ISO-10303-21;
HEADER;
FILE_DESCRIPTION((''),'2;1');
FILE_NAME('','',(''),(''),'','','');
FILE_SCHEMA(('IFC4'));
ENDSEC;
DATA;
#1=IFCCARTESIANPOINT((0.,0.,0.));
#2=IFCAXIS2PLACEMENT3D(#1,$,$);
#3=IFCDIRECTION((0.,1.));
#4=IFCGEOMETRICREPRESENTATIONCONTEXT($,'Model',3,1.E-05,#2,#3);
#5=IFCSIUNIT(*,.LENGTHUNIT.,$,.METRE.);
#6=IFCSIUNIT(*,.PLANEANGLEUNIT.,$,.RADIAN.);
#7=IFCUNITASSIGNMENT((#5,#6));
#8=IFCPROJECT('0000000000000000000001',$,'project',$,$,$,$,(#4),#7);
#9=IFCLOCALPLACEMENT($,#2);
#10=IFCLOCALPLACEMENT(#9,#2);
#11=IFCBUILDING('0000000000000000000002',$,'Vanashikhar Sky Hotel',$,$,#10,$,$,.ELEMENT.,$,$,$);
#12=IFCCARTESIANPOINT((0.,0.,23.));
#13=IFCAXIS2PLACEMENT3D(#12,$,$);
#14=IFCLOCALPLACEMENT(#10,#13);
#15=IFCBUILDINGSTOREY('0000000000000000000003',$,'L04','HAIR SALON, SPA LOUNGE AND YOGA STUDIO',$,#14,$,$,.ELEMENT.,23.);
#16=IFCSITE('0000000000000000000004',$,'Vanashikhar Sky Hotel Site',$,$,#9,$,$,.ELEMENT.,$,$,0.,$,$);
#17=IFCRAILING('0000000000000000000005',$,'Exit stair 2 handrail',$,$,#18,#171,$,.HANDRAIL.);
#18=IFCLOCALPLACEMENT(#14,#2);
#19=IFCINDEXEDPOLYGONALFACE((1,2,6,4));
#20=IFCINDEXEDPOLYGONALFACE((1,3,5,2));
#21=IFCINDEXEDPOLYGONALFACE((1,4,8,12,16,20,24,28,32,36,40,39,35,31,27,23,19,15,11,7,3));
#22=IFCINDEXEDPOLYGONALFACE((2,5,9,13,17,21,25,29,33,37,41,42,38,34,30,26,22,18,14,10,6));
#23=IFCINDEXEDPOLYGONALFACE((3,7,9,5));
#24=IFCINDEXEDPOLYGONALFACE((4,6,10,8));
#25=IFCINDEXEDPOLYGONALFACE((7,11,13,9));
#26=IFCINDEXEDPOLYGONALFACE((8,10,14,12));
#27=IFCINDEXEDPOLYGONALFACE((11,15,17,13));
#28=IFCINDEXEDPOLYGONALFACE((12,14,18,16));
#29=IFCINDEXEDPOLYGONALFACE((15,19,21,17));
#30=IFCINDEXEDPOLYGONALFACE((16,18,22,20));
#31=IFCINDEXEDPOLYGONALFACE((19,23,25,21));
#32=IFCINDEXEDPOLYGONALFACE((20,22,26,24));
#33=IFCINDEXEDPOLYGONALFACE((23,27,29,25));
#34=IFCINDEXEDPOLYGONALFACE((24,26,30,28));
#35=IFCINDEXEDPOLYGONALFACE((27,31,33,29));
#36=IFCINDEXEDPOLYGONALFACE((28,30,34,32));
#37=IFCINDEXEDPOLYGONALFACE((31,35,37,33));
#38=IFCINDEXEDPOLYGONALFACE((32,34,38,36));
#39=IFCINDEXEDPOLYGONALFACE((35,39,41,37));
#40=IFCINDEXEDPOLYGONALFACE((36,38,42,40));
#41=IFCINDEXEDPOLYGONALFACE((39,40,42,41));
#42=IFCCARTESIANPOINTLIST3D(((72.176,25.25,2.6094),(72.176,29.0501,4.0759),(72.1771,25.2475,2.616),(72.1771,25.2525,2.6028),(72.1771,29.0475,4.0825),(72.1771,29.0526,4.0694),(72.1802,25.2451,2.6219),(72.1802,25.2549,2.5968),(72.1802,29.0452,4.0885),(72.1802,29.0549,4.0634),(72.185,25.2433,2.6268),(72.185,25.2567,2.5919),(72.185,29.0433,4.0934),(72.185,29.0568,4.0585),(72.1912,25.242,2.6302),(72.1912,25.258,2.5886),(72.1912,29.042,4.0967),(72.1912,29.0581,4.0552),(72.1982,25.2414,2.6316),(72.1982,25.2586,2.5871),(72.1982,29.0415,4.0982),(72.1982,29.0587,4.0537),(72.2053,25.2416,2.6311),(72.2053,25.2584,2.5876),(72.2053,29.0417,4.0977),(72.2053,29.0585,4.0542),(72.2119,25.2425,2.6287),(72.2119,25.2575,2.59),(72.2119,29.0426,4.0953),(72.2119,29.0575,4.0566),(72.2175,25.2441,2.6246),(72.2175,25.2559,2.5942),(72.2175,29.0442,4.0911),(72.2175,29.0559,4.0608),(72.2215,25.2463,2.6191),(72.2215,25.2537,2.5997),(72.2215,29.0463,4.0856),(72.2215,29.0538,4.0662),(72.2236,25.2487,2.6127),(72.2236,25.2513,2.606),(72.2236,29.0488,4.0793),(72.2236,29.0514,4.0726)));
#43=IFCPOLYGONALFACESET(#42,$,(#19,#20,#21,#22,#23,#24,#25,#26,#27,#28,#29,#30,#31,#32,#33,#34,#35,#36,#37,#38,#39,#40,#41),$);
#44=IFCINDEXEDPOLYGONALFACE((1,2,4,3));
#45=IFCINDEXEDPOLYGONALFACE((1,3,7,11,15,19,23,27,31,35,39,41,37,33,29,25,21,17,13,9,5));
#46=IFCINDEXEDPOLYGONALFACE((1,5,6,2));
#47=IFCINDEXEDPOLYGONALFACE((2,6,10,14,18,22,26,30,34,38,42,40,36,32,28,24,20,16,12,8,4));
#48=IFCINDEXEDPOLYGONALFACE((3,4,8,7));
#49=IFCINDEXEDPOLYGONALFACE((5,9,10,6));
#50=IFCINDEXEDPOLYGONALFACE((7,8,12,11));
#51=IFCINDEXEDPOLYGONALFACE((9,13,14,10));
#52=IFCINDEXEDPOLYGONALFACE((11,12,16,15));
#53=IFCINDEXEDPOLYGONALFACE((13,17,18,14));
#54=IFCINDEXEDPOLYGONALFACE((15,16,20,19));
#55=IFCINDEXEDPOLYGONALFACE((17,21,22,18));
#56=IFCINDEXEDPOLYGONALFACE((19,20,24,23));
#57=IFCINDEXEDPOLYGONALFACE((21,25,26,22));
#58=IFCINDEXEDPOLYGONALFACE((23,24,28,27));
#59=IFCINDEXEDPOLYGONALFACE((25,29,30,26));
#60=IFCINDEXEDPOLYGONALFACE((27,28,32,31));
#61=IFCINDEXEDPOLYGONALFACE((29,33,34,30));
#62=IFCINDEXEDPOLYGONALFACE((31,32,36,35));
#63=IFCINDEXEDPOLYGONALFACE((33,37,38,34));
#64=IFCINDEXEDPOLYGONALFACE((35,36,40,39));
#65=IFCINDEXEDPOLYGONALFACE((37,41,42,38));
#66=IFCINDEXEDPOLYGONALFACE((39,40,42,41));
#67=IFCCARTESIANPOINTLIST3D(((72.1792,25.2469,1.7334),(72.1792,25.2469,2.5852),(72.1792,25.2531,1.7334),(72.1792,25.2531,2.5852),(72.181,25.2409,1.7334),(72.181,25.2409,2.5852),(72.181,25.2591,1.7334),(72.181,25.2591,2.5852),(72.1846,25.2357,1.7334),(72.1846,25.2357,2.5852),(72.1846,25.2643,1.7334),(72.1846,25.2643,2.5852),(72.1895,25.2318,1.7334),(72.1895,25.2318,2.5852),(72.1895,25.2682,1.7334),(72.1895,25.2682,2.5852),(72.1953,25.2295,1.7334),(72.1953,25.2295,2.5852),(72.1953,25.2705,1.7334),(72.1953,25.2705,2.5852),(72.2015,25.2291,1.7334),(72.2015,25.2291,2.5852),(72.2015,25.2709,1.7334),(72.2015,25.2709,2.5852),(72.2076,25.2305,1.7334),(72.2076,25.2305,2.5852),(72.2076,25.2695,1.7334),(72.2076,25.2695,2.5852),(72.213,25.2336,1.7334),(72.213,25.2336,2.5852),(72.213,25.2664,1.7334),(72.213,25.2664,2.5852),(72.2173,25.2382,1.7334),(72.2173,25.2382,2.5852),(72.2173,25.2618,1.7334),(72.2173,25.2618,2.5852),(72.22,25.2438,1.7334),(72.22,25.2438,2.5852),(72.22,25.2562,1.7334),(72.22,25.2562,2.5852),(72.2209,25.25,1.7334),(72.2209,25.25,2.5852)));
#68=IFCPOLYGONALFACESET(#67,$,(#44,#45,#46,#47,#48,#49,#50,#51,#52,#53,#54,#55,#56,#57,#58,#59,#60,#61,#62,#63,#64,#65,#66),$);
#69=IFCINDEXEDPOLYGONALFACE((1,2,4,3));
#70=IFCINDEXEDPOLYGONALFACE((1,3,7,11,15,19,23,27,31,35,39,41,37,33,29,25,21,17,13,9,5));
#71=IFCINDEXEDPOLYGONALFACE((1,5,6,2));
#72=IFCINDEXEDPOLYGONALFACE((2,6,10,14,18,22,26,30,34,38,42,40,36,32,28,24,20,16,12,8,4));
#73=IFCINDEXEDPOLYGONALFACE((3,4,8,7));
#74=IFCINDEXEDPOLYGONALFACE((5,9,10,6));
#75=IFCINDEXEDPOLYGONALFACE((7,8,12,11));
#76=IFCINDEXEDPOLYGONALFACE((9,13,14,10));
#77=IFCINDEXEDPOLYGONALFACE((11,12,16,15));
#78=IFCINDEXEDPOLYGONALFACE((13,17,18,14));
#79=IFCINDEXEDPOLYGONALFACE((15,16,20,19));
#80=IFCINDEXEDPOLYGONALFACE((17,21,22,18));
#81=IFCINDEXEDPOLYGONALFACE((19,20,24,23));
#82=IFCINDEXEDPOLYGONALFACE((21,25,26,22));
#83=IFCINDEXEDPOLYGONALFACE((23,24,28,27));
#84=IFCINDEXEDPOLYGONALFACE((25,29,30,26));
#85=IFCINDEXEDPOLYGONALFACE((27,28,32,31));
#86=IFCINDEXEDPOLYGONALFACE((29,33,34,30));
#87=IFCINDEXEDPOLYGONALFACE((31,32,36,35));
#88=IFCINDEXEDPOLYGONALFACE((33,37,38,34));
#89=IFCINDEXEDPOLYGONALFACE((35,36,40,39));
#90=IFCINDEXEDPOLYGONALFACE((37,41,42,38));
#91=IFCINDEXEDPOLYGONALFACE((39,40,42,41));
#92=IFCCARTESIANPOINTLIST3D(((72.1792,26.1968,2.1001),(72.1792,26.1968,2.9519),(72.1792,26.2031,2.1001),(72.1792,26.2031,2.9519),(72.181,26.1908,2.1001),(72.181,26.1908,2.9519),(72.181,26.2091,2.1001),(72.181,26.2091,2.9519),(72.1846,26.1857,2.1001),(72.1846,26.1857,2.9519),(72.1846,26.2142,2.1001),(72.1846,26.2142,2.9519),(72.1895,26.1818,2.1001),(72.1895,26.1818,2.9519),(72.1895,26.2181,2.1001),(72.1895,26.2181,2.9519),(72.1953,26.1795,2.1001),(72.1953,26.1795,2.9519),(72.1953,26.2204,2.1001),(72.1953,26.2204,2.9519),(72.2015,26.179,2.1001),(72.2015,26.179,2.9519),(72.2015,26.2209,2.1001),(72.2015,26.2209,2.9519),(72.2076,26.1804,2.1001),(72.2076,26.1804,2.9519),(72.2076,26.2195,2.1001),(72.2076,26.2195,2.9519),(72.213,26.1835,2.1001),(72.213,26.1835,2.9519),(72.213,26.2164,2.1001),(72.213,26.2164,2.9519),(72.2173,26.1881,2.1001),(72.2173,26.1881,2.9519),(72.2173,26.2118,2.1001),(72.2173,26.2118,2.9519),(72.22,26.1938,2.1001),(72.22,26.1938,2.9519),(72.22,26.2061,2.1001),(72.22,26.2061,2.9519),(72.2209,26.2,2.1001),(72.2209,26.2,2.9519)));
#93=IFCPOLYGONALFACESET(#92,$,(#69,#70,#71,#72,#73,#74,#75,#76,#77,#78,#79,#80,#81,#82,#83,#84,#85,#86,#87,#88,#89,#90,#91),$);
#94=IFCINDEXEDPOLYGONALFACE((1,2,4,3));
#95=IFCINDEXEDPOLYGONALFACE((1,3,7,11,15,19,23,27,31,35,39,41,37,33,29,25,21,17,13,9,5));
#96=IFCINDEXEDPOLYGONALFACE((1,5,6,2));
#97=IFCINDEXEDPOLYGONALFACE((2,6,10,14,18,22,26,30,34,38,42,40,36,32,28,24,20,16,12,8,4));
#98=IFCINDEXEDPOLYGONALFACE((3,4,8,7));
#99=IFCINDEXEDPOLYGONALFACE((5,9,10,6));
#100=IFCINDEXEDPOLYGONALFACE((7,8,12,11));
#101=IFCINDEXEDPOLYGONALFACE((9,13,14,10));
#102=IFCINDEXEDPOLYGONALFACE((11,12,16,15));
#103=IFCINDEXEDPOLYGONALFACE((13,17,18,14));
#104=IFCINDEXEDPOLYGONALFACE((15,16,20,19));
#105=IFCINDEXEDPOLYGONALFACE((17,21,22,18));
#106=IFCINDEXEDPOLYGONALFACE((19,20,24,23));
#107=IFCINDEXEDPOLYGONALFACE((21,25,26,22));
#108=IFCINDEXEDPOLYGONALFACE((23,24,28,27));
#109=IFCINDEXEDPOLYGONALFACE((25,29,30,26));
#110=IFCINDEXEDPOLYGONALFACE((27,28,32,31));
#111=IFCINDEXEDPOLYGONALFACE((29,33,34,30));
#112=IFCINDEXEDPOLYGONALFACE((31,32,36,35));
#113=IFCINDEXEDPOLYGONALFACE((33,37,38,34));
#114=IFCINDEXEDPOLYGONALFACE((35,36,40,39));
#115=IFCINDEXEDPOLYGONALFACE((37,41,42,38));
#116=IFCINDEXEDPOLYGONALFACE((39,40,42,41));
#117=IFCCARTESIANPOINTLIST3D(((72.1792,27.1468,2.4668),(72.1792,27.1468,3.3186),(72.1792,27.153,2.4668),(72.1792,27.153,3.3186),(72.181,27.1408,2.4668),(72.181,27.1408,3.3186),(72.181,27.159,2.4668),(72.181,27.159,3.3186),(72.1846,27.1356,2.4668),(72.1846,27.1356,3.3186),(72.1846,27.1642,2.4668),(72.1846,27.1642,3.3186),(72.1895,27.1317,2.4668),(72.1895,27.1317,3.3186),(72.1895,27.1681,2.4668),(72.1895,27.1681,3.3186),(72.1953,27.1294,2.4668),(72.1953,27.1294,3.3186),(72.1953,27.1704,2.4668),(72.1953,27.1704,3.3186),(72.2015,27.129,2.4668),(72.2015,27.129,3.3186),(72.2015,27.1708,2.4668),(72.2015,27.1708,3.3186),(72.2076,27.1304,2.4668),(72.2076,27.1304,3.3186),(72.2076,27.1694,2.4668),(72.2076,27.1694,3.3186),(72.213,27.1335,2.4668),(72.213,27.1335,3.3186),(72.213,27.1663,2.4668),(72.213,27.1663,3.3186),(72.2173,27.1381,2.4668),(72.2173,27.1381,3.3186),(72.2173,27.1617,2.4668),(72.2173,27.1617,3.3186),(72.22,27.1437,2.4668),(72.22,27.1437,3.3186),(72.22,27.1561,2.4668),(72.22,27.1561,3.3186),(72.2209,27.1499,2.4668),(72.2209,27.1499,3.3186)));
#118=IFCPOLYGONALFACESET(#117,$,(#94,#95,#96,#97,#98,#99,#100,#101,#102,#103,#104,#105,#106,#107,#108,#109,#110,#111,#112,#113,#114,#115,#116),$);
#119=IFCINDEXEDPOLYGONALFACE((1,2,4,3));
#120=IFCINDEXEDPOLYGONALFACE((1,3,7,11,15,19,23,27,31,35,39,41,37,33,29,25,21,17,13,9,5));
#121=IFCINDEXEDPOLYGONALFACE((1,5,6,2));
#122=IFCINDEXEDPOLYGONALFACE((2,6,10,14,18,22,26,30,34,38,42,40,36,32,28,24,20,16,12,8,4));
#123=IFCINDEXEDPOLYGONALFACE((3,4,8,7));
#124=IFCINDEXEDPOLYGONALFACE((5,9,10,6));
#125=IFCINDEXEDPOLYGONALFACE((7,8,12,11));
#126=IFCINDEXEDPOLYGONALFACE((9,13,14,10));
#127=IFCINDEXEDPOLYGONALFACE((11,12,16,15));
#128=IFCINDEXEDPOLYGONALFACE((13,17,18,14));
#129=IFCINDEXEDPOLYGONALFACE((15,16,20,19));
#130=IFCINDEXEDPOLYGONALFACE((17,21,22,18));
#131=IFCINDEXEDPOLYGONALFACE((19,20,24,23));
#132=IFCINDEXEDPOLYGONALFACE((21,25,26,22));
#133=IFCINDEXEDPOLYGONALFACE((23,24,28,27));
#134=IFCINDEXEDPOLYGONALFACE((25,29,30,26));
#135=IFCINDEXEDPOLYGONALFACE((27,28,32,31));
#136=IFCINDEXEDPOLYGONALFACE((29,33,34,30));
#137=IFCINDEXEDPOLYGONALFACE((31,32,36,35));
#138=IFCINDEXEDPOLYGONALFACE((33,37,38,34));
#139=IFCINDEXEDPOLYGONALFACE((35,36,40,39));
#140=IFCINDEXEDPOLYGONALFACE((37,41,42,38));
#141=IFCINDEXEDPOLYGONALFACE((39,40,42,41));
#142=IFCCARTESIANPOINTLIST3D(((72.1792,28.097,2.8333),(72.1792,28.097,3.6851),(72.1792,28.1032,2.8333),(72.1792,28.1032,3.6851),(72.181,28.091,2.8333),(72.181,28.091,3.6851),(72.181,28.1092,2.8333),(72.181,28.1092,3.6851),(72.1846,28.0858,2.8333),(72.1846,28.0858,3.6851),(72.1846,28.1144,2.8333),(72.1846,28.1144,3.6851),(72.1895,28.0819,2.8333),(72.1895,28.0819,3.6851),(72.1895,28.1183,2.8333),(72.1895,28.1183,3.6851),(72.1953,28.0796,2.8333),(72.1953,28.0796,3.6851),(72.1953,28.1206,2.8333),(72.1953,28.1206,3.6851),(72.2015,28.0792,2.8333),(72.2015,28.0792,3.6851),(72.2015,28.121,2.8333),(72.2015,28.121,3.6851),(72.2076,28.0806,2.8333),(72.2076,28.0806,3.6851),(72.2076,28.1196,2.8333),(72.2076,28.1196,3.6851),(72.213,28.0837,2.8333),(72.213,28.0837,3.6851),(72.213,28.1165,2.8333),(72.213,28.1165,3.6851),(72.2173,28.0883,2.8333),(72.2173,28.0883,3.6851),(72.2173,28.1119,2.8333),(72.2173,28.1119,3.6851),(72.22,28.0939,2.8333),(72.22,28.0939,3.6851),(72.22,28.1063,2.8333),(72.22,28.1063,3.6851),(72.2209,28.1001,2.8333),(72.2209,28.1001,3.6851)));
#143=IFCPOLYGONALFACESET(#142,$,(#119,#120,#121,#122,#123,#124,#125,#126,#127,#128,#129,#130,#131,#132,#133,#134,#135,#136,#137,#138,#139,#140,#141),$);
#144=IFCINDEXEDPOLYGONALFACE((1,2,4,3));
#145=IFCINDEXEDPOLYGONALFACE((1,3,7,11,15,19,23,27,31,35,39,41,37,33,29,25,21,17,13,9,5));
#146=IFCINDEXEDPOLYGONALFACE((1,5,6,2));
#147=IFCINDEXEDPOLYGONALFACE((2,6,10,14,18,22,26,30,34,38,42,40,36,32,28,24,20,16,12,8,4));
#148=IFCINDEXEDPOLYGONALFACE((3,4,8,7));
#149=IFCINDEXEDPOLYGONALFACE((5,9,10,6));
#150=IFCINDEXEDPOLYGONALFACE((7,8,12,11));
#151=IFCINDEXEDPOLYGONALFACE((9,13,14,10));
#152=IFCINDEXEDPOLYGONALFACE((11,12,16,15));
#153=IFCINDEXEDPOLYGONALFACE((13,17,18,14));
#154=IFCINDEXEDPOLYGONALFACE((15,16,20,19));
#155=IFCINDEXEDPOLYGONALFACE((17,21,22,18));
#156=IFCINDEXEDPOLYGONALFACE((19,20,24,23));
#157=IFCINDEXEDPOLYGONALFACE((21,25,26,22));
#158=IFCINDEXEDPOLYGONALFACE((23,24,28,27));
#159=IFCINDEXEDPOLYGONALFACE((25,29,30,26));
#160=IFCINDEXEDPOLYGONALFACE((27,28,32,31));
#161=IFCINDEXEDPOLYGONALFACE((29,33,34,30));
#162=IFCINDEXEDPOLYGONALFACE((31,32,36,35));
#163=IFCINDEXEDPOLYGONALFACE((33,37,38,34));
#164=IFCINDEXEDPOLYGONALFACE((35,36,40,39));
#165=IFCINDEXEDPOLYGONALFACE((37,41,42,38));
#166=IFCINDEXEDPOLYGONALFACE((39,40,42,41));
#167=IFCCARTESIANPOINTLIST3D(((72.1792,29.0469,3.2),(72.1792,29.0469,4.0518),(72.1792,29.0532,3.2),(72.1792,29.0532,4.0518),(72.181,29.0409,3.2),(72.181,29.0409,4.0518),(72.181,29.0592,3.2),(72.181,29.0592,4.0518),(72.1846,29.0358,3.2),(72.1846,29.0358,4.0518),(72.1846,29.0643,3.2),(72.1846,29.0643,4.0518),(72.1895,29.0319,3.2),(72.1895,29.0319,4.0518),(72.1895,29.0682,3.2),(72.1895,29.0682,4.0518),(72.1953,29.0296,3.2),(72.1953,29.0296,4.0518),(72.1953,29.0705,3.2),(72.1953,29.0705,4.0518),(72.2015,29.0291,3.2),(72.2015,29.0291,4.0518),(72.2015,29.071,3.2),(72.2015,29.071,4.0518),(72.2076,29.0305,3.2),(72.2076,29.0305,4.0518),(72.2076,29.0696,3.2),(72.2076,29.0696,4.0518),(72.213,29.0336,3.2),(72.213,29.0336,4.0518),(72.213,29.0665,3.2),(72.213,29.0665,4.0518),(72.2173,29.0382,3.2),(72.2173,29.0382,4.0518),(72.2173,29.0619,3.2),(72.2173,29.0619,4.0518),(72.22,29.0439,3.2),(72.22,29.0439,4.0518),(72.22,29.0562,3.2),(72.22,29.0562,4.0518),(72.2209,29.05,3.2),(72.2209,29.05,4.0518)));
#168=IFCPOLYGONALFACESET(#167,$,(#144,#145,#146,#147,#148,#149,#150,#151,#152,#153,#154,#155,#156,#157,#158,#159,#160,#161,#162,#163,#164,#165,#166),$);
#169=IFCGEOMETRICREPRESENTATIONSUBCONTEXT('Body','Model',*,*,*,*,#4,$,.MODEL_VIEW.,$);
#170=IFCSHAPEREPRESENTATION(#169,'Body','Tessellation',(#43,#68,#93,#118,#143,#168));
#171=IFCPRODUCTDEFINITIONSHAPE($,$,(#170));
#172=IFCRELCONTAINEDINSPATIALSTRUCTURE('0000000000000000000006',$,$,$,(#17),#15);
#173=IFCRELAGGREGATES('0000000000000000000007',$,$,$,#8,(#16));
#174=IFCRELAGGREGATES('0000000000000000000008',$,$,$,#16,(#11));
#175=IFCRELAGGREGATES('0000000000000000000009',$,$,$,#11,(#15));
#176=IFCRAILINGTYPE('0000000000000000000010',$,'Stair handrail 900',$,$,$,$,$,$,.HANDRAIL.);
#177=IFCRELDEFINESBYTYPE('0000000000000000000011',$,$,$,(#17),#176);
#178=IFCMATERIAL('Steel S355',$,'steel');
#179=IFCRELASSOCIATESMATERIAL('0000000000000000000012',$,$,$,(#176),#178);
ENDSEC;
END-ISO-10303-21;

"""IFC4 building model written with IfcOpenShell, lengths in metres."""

from ifc_helpers import new_model, si_unit, direction, frame, origin, origin_2d, place, context, subcontext, project, spatial, circle, extrude, source, transform, mapped, material, type_object, element, save


model = new_model("IFC4")

# Units and contexts
model_context = context("Model", 3, precision=1e-05, world=origin(), true_north=direction((0.0, 1.0)))
body_context = subcontext(model_context, "Body", "Model", "MODEL_VIEW")
ifc_project = project(units=[si_unit("LENGTHUNIT", "METRE"), si_unit("PLANEANGLEUNIT", "RADIAN")], contexts=[model_context])

# Site, building, storey
site_placement = place(None, origin())
site = spatial("IfcSite", under=ifc_project, at=site_placement, Name="Vanashikhar Sky Hotel Site", CompositionType="ELEMENT", RefElevation=0.0)
building_placement = place(site_placement, origin())
building = spatial("IfcBuilding", under=site, at=building_placement, Name="Vanashikhar Sky Hotel", CompositionType="ELEMENT")
storey_placement = place(building_placement, frame((0.0, 0.0, 23.0)))
storey = spatial("IfcBuildingStorey", under=building, at=storey_placement, Name="L04", Description="HAIR SALON, SPA LOUNGE AND YOGA STUDIO", CompositionType="ELEMENT", Elevation=23.0)

# Railing
ifc_material_1 = material(Name="Steel S355", Category="steel")
railing_type_1 = type_object("IfcRailingType", Name="Stair handrail 900", PredefinedType="HANDRAIL", material=ifc_material_1)
shared_shape_1 = source(origin(), body_context, "Body", "SweptSolid", [
    extrude(circle(Radius=0.0239, at=origin_2d()), frame((0.0, 0.0, 0.876), z_axis=(0.0, 0.932934, 0.360047), x_axis=(-1.0, 0.0, 0.0)), (0.0, 0.0, 1.0), 4.0732),
    extrude(circle(Radius=0.021, at=origin_2d()), origin(), (0.0, 0.0, 1.0), 0.8518),
    extrude(circle(Radius=0.021, at=origin_2d()), frame((0.0, 0.95, 0.3667)), (0.0, 0.0, 1.0), 0.8518),
    extrude(circle(Radius=0.021, at=origin_2d()), frame((0.0, 1.8999, 0.7334)), (0.0, 0.0, 1.0), 0.8518),
    extrude(circle(Radius=0.021, at=origin_2d()), frame((0.0, 2.8501, 1.0999)), (0.0, 0.0, 1.0), 0.8518),
    extrude(circle(Radius=0.021, at=origin_2d()), frame((0.0, 3.8, 1.4666)), (0.0, 0.0, 1.0), 0.8518),
])
for number, where, name in (
    (1, (72.2, 25.25, 1.7334), "Exit stair 2 handrail"),
):
    element("IfcRailing", number, at=place(storey_placement, frame(where)), inside=storey, type_object=railing_type_1, Name=name, PredefinedType="HANDRAIL", context=body_context, shape_type="MappedRepresentation", body=[
        mapped(shared_shape_1, transform((0.0, 0.0, 0.0), scale=1.0)),
    ])

save(model, "model.ifc")
